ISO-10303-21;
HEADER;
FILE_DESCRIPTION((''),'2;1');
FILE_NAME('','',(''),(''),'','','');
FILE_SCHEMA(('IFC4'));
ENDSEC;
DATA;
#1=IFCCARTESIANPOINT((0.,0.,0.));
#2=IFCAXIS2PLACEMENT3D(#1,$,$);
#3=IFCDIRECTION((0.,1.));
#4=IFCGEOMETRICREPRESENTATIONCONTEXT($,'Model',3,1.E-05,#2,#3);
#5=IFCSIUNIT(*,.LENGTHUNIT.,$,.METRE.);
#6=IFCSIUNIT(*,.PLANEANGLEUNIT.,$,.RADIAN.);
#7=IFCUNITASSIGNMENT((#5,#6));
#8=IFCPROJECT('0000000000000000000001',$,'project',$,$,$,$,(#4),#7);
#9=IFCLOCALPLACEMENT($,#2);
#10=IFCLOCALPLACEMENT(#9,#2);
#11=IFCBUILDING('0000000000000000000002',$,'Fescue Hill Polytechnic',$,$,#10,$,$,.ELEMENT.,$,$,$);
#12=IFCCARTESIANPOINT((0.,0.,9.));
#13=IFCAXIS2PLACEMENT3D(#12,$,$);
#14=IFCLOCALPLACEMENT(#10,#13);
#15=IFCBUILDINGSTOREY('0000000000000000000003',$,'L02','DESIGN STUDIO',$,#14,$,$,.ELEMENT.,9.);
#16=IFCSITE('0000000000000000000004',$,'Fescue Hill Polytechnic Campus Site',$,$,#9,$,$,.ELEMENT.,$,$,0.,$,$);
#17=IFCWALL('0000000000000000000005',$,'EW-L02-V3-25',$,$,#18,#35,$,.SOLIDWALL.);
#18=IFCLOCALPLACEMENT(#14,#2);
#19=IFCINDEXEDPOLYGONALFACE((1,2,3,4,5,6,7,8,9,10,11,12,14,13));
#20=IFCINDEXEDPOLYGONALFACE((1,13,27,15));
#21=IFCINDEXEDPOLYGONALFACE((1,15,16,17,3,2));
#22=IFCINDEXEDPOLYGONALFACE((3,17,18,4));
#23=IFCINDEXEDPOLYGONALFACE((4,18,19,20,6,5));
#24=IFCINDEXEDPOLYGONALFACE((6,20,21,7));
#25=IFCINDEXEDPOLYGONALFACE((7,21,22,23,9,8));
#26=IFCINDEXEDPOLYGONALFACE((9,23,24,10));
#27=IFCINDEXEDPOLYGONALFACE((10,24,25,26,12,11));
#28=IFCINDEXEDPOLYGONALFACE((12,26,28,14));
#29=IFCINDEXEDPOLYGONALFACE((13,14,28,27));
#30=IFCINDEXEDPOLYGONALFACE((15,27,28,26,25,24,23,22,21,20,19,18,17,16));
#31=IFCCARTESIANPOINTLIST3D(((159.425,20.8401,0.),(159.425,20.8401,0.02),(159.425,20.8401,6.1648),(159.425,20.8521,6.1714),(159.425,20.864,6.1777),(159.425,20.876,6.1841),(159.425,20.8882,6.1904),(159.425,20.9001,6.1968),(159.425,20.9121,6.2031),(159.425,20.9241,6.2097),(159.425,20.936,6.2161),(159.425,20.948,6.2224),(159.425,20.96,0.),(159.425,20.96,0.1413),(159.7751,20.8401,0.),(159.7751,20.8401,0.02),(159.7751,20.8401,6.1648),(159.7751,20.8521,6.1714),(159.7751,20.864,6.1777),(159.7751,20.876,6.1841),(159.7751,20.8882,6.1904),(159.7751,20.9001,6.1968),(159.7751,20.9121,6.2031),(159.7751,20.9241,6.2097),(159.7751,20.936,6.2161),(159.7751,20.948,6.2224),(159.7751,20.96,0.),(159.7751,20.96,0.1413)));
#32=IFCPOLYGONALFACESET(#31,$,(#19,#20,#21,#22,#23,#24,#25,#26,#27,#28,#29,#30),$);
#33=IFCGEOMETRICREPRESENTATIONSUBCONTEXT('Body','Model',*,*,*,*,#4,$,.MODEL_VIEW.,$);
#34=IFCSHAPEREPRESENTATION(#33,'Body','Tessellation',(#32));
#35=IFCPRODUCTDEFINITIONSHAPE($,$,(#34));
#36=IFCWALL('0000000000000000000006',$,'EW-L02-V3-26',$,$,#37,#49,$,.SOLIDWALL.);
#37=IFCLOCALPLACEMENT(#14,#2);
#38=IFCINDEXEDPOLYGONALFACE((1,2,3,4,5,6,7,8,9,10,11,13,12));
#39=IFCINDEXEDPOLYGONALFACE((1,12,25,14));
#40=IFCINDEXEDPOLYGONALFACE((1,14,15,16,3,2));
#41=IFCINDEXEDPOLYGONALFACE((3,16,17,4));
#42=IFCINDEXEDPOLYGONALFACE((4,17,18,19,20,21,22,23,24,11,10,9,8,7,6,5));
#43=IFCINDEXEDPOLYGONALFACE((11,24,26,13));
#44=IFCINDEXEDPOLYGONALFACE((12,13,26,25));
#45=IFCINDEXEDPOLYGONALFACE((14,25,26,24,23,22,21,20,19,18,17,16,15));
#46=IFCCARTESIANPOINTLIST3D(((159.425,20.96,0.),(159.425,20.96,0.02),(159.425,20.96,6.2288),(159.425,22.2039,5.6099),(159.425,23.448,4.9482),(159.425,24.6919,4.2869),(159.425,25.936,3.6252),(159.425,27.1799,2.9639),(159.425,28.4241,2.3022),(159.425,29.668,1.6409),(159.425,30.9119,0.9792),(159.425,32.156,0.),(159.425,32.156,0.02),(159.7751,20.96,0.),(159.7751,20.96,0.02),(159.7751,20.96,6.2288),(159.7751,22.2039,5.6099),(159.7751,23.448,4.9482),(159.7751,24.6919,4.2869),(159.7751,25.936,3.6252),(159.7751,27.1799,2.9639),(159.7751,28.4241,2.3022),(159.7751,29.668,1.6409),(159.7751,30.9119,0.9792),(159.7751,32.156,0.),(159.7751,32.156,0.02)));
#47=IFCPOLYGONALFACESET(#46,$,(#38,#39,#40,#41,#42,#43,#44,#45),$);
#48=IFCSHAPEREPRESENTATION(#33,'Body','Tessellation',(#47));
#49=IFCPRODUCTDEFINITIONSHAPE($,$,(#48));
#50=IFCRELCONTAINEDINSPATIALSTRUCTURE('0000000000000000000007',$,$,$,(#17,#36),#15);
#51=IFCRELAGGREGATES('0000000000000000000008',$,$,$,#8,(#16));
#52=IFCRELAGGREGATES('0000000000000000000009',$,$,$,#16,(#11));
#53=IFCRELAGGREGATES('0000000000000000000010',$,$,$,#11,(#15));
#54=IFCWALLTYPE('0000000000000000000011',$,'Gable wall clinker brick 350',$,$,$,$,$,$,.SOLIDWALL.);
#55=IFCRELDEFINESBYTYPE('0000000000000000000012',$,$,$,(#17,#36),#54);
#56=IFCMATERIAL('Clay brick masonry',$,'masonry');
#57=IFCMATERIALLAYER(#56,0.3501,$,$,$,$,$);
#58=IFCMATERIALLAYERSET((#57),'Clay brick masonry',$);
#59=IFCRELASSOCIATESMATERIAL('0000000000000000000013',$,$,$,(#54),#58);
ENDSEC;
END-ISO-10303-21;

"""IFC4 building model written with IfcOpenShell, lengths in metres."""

from ifc_helpers import new_model, si_unit, direction, frame, origin, place, context, subcontext, project, spatial, polyline, outline, extrude, material, layer, layer_set, type_object, element, save


model = new_model("IFC4")

# Units and contexts
model_context = context("Model", 3, precision=1e-05, world=origin(), true_north=direction((0.0, 1.0)))
body_context = subcontext(model_context, "Body", "Model", "MODEL_VIEW")
ifc_project = project(units=[si_unit("LENGTHUNIT", "METRE"), si_unit("PLANEANGLEUNIT", "RADIAN")], contexts=[model_context])

# Site, building, storey
site_placement = place(None, origin())
site = spatial("IfcSite", under=ifc_project, at=site_placement, Name="Fescue Hill Polytechnic Campus Site", CompositionType="ELEMENT", RefElevation=0.0)
building_placement = place(site_placement, origin())
building = spatial("IfcBuilding", under=site, at=building_placement, Name="Fescue Hill Polytechnic", CompositionType="ELEMENT")
storey_placement = place(building_placement, frame((0.0, 0.0, 9.0)))
storey = spatial("IfcBuildingStorey", under=building, at=storey_placement, Name="L02", Description="DESIGN STUDIO", CompositionType="ELEMENT", Elevation=9.0)

# Walls
ifc_material_1 = material(Name="Clay brick masonry", Category="masonry")
ifc_layer = layer(ifc_material_1, 0.3501)
ifc_layer_set = layer_set([ifc_layer], Name="Clay brick masonry")
wall_type = type_object("IfcWallType", Name="Gable wall clinker brick 350", PredefinedType="SOLIDWALL", material=ifc_layer_set)
wall_1_placement = place(storey_placement, frame((159.6001, 20.8401, 0.0), z_axis=(0.0, 0.0, 1.0), x_axis=(0.0, 1.0, 0.0)))
element("IfcWall", 1, at=wall_1_placement, inside=storey, type_object=wall_type, Name="EW-L02-V3-25", PredefinedType="SOLIDWALL", context=body_context, shape_type="SweptSolid", body=[
    extrude(outline(polyline([(0.0, 0.0), (0.1199, 0.0), (0.1201, 6.2288), (0.1201, 0.02), (0.1079, 6.2224), (0.0959, 6.2161), (0.084, 6.2097), (0.072, 6.2031), (0.0601, 6.1968), (0.0481, 6.1904), (0.0359, 6.1841), (0.0239, 6.1777), (0.012, 6.1714), (0.0, 6.1648), (0.0, 0.02), (0.0, 0.0)])), frame((0.0, 0.175, 0.0), z_axis=(0.0, -1.0, 0.0), x_axis=(1.0, 0.0, 0.0)), (0.0, 0.0, 1.0), 0.3501),
])
wall_2_placement = place(storey_placement, frame((159.6001, 20.96, 0.0), z_axis=(0.0, 0.0, 1.0), x_axis=(0.0, 1.0, 0.0)))
element("IfcWall", 2, at=wall_2_placement, inside=storey, type_object=wall_type, Name="EW-L02-V3-26", PredefinedType="SOLIDWALL", context=body_context, shape_type="SweptSolid", body=[
    extrude(outline(polyline([(0.0, 0.0), (11.196, 0.0), (11.196, 0.3179), (11.196, 0.02), (9.9519, 0.9792), (8.708, 1.6409), (7.4641, 2.3022), (6.22, 2.9639), (4.9761, 3.6252), (3.7319, 4.2869), (2.488, 4.9482), (1.2439, 5.6099), (0.0, 6.2288), (0.0, 0.02), (0.0, 0.0)])), frame((0.0, 0.175, 0.0), z_axis=(0.0, -1.0, 0.0), x_axis=(1.0, 0.0, 0.0)), (0.0, 0.0, 1.0), 0.3501),
])

save(model, "model.ifc")
